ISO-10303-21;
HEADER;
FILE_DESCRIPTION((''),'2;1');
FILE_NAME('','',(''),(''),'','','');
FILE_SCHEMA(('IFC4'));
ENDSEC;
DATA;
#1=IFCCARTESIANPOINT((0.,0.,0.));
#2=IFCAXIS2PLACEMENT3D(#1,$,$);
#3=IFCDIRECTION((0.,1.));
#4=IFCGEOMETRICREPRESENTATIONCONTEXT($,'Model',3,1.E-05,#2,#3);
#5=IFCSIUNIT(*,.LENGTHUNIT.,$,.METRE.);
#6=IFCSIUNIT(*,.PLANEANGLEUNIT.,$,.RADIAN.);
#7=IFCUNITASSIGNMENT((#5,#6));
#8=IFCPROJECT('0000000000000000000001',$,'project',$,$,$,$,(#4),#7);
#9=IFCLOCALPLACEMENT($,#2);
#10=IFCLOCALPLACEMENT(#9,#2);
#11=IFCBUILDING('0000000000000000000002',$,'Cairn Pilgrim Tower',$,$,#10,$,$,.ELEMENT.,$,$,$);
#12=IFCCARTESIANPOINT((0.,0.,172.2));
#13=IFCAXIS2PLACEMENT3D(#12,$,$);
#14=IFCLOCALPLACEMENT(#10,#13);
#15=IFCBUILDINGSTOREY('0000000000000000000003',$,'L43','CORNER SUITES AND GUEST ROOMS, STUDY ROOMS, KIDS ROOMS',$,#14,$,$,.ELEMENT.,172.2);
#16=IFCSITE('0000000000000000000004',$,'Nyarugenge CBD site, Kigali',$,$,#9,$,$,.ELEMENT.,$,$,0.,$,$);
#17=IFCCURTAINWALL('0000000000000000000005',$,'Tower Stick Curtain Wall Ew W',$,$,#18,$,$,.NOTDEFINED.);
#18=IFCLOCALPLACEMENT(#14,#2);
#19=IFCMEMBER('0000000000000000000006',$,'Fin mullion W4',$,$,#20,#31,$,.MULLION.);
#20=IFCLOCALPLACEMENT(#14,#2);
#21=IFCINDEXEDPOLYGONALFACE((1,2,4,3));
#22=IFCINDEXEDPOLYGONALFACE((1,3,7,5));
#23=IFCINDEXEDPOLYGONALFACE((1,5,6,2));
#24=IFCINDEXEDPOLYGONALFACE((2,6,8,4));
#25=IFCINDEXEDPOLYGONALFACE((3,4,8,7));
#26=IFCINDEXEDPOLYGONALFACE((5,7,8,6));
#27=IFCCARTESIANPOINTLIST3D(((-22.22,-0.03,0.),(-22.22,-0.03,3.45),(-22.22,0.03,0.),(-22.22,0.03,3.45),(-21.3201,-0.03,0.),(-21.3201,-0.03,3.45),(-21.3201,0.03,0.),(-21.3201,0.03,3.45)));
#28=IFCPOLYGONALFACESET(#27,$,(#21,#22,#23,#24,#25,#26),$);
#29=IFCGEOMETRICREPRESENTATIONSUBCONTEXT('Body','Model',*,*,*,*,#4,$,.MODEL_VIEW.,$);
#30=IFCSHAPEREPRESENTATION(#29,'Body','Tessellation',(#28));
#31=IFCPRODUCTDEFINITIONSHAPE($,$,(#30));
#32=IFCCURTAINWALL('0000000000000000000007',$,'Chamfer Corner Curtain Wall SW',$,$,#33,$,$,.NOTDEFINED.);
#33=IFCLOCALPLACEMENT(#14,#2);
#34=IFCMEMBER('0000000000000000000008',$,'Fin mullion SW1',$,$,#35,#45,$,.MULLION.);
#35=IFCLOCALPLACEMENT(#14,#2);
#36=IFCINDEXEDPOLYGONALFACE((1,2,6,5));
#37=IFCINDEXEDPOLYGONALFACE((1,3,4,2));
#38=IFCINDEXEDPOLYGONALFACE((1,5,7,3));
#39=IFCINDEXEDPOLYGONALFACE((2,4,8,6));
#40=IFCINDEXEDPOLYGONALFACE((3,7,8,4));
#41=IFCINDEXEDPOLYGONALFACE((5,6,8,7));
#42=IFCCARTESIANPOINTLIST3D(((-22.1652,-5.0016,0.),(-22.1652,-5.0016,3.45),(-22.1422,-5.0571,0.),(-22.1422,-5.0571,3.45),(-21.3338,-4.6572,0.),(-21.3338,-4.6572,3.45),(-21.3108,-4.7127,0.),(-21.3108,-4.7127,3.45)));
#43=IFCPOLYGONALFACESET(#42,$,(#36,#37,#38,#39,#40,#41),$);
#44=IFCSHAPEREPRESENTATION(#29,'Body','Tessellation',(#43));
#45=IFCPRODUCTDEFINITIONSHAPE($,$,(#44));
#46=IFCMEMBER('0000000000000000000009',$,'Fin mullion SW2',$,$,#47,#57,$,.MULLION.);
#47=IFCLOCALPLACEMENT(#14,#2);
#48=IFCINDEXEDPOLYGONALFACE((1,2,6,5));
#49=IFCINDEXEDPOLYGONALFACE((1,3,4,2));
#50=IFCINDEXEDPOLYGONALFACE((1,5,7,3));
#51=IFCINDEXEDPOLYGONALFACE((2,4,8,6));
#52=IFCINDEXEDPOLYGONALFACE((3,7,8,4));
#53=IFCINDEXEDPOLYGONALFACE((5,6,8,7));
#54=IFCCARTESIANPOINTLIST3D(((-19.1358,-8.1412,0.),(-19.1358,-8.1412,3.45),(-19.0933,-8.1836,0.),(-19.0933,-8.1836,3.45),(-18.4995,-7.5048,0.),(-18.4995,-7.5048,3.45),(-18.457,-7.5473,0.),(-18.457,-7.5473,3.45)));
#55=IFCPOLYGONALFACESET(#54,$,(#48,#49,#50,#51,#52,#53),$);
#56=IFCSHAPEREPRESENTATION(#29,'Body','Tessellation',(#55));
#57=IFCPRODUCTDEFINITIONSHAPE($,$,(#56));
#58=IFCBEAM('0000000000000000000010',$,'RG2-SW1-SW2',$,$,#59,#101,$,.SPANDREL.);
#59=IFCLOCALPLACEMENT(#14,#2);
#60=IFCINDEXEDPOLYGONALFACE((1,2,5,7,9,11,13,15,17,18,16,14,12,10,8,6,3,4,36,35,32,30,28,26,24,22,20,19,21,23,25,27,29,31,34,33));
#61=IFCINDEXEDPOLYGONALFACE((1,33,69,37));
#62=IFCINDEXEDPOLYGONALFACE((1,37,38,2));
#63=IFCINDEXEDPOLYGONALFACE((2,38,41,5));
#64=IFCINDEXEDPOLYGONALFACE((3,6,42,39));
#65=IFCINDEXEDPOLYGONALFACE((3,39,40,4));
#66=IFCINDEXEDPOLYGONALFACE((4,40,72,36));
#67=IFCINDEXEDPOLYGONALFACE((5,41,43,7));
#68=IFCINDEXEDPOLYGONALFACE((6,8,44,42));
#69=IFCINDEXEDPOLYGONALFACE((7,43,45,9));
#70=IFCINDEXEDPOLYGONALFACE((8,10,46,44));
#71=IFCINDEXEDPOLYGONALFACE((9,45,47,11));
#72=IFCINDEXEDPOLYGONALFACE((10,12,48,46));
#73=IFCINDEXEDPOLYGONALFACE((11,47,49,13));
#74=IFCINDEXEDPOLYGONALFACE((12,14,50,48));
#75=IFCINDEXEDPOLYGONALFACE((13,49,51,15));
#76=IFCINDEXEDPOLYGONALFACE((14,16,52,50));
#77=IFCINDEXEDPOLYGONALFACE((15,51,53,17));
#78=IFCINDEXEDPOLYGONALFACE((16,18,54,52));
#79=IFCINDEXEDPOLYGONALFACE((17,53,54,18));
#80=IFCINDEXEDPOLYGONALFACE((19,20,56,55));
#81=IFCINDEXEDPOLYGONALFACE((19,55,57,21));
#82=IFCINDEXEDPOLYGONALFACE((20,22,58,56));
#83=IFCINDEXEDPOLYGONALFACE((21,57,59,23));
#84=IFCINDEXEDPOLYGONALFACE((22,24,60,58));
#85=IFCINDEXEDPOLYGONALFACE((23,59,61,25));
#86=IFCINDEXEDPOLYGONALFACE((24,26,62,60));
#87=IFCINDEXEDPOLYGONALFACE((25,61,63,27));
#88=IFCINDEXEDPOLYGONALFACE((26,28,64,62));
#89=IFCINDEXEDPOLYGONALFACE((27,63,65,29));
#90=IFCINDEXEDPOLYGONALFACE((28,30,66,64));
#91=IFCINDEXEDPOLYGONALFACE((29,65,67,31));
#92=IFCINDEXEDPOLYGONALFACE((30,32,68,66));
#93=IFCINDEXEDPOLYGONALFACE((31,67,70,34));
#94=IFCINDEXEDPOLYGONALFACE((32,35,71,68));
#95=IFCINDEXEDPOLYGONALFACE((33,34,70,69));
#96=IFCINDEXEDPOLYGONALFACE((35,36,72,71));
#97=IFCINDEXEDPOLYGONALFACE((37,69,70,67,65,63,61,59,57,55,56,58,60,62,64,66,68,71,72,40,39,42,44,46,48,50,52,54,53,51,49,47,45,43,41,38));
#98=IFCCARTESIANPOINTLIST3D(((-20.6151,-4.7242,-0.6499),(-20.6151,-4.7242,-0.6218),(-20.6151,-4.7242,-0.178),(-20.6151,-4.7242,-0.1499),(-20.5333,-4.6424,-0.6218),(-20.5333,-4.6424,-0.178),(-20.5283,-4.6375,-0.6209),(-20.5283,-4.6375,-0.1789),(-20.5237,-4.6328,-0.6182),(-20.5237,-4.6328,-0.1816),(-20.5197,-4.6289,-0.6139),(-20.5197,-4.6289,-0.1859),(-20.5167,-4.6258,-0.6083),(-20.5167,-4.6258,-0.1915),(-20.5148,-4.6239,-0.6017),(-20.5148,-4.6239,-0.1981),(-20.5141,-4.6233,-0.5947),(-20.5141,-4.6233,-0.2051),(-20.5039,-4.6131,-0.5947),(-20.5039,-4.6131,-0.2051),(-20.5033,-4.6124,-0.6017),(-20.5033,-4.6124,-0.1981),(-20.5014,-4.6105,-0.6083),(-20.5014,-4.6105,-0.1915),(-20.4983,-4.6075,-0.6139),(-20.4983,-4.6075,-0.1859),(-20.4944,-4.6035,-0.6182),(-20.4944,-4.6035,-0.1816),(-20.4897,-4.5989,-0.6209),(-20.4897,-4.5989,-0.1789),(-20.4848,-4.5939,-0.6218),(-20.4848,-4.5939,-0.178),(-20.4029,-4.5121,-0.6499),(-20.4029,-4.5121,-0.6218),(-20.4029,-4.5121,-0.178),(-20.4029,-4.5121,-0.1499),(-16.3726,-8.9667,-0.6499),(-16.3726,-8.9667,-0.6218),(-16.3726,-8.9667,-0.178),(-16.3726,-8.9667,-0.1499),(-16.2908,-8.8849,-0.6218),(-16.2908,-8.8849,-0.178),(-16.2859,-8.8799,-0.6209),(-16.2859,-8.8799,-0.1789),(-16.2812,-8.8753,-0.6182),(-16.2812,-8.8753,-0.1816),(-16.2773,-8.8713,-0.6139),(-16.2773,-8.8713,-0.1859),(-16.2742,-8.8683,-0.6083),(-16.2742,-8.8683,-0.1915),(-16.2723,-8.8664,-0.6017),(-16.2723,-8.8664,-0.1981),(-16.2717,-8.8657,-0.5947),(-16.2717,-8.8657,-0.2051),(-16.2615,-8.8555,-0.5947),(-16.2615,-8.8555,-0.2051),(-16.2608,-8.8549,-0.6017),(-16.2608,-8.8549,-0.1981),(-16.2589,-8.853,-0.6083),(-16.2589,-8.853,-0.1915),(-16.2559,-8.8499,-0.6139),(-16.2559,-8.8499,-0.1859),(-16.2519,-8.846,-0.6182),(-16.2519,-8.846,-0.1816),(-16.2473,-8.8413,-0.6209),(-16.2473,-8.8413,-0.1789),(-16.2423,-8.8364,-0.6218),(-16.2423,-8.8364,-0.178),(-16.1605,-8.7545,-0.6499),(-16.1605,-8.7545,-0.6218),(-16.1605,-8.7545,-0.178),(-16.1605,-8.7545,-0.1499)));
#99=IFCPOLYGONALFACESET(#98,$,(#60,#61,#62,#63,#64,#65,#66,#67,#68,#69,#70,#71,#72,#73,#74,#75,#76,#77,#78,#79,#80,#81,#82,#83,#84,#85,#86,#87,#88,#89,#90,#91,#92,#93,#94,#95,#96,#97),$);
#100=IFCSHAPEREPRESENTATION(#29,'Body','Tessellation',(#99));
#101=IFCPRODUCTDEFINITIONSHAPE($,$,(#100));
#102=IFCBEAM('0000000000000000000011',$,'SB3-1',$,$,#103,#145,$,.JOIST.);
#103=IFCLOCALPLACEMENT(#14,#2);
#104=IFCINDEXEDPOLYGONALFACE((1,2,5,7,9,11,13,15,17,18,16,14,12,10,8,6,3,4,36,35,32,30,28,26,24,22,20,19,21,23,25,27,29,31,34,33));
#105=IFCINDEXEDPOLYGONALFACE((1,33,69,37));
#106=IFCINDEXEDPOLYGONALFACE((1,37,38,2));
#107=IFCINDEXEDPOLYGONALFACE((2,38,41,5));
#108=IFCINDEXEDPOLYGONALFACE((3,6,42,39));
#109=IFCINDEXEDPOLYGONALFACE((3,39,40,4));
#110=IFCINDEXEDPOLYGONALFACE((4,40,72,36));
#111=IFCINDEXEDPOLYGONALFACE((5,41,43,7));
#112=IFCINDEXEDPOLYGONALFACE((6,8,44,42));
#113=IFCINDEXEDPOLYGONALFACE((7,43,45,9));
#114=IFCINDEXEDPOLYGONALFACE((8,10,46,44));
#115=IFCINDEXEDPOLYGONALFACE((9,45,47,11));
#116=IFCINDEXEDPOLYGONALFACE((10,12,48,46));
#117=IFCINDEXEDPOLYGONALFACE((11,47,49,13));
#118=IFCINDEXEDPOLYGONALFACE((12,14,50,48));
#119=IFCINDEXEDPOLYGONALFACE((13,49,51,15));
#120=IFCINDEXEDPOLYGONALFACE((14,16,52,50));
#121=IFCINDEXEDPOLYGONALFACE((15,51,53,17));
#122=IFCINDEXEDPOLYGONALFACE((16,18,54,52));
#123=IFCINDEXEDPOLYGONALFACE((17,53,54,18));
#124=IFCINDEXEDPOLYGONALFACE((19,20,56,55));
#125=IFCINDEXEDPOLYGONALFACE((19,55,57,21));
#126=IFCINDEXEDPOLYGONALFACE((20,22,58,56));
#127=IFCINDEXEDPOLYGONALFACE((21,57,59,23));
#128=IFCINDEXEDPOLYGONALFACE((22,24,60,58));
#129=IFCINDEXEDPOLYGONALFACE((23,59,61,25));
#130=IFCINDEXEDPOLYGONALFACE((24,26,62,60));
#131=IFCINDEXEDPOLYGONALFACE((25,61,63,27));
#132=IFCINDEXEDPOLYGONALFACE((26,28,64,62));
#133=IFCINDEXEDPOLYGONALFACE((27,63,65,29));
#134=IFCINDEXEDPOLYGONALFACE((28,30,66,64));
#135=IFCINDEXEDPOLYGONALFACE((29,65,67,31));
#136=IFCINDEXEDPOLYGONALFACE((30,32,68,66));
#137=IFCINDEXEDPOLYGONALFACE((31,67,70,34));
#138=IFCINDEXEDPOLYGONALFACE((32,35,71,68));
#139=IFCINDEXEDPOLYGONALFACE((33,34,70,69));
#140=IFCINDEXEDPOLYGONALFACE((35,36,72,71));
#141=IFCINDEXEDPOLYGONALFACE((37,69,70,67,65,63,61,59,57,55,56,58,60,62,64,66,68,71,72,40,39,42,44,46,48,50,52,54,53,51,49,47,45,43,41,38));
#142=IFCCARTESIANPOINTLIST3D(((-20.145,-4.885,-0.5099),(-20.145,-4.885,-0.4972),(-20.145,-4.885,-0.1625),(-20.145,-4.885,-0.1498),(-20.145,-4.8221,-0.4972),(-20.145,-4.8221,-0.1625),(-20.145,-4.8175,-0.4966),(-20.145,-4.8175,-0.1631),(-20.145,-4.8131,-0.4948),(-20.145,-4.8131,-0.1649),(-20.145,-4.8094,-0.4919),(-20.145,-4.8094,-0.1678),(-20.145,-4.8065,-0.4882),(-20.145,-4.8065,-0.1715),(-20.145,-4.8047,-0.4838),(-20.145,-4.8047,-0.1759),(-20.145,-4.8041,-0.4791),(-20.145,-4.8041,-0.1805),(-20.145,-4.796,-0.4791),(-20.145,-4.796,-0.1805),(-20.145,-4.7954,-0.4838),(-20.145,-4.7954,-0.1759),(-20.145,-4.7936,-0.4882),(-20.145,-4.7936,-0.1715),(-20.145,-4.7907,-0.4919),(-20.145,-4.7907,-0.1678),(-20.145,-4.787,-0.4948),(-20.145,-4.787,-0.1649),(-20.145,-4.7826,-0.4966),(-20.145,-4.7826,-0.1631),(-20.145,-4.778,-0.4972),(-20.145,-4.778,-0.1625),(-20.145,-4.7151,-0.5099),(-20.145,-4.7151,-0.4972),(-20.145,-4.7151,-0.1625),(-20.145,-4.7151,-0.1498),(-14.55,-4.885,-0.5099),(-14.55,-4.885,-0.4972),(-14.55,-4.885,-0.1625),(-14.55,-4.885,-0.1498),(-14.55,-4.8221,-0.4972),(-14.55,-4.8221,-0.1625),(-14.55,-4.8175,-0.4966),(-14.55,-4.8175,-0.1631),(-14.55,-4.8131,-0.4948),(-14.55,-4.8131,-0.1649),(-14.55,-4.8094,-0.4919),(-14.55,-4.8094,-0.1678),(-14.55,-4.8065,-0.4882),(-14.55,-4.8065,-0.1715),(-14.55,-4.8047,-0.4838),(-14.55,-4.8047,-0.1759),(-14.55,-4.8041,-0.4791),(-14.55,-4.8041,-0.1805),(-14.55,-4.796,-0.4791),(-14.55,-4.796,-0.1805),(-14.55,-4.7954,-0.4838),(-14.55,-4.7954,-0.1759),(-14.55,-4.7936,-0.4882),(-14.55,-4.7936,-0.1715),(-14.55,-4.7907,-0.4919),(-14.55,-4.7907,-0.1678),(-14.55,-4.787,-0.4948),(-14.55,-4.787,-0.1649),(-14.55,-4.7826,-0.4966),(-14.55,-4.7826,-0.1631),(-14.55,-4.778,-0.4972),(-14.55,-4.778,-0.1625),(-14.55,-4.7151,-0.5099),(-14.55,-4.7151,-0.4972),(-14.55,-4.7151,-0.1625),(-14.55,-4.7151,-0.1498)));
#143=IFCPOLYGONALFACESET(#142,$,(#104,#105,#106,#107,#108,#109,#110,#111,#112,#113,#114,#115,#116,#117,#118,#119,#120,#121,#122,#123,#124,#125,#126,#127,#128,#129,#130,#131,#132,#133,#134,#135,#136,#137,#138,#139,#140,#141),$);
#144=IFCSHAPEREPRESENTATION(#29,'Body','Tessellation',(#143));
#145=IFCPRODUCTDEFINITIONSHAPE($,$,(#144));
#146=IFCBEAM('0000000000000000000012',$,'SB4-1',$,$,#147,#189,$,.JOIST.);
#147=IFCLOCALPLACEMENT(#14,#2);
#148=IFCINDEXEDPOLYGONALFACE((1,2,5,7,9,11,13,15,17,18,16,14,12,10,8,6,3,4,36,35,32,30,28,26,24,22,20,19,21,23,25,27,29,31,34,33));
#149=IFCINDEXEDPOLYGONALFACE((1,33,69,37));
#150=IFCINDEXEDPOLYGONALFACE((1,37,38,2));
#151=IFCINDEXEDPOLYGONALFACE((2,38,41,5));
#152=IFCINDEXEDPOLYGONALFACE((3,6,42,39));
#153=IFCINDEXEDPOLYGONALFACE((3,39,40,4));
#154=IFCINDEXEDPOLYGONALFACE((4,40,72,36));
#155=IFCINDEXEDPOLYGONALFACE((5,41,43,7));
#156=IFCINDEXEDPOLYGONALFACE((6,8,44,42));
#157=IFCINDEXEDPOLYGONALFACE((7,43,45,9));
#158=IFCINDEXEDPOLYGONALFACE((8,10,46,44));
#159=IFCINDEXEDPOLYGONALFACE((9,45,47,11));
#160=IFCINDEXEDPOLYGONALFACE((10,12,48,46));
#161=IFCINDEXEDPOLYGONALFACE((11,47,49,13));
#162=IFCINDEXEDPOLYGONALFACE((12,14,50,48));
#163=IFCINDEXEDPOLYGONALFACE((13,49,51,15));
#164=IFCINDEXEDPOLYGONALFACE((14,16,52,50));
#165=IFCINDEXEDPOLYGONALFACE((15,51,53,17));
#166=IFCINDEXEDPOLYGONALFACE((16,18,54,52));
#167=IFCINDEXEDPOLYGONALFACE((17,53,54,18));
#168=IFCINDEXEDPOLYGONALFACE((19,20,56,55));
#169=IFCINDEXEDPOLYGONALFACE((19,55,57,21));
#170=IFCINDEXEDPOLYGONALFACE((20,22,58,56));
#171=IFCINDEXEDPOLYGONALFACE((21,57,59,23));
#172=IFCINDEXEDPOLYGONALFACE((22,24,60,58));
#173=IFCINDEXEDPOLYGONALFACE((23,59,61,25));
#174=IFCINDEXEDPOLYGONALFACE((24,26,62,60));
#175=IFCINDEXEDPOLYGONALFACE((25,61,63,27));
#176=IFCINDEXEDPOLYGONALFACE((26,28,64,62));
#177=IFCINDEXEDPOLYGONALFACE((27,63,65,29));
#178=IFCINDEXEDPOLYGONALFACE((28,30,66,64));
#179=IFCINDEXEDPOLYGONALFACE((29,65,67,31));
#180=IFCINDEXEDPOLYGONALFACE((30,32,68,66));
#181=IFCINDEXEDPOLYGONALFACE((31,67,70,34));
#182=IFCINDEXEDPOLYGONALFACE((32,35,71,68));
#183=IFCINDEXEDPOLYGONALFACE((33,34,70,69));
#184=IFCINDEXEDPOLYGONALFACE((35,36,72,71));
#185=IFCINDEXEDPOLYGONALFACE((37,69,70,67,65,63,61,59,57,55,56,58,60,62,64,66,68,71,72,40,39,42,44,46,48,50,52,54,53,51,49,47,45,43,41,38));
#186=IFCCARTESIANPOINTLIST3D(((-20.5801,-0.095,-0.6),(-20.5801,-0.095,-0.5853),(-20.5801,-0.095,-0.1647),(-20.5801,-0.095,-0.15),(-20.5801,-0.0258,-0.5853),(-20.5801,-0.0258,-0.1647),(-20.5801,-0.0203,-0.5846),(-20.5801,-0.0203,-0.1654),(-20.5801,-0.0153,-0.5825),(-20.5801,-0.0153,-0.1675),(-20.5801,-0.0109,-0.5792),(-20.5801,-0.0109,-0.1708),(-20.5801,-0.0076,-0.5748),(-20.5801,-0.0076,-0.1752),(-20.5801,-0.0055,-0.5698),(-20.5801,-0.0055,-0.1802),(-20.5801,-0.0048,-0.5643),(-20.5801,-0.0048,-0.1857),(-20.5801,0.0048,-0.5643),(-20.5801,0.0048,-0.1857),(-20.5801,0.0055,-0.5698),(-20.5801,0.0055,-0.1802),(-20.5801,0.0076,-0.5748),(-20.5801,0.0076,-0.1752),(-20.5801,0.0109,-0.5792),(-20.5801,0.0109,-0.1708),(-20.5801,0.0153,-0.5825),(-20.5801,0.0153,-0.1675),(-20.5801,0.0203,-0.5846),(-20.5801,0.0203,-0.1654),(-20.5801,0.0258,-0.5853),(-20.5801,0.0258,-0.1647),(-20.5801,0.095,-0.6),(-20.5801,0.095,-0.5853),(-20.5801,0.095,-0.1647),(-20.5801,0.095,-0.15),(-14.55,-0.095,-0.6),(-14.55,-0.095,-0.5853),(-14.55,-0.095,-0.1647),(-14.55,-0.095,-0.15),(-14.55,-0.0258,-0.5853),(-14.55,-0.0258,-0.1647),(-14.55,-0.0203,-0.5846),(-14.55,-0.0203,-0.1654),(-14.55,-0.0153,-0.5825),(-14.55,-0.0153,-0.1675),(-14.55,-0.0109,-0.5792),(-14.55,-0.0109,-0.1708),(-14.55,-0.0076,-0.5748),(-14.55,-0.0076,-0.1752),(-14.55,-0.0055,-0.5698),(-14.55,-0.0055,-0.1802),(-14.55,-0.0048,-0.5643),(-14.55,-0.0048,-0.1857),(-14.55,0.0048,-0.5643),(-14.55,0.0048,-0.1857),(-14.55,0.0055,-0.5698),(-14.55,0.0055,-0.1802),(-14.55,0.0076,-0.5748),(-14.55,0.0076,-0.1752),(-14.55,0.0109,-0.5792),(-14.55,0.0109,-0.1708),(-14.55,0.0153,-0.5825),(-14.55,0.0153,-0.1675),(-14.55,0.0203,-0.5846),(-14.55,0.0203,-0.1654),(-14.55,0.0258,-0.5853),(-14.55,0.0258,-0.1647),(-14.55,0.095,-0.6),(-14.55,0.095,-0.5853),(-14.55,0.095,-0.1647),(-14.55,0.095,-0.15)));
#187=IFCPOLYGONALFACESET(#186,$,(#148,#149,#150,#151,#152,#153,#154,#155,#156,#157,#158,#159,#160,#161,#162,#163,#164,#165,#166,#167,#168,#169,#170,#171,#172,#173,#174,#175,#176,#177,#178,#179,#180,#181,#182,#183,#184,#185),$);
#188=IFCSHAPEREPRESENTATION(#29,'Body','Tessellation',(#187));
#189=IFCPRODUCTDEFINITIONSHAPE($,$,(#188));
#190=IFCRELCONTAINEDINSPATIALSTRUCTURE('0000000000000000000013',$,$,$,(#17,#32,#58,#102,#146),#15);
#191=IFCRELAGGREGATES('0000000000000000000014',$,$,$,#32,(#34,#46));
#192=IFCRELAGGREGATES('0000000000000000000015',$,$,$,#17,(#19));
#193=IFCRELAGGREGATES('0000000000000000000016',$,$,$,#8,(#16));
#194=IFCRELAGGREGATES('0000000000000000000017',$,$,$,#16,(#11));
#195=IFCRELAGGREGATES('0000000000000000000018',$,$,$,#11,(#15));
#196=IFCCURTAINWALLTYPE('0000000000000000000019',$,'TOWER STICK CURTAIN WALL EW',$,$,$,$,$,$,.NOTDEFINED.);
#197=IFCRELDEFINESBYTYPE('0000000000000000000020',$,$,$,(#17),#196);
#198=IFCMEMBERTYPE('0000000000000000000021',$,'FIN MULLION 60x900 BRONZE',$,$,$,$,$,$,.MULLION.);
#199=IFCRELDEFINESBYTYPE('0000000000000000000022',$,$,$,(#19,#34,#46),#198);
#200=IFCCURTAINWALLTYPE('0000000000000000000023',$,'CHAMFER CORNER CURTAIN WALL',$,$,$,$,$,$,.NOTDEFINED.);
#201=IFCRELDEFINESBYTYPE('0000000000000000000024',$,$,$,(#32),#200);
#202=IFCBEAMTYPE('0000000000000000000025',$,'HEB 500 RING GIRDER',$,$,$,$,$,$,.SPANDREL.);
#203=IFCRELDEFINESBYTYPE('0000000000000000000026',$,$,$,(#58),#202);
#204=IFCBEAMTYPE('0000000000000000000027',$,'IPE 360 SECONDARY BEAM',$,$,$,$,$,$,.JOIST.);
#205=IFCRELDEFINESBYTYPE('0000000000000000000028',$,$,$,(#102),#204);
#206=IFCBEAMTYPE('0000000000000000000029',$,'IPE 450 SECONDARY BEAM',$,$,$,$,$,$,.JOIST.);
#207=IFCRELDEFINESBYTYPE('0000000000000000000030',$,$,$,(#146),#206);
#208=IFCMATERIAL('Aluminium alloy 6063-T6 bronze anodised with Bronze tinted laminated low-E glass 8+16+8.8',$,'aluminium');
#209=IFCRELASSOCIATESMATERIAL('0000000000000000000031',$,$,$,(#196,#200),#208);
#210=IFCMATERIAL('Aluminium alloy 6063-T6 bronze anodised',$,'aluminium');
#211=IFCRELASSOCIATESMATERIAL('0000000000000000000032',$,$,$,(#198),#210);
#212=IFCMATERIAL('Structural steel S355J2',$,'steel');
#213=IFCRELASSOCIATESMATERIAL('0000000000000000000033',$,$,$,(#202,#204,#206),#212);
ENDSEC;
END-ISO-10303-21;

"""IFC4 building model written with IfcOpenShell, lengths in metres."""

from ifc_helpers import new_model, si_unit, direction, frame, origin, origin_2d, place, context, subcontext, project, spatial, rectangle, i_section, extrude, material, material_profile, profile_set, type_object, element, aggregate, save


model = new_model("IFC4")

# Units and contexts
model_context = context("Model", 3, precision=1e-05, world=origin(), true_north=direction((0.0, 1.0)))
body_context = subcontext(model_context, "Body", "Model", "MODEL_VIEW")
ifc_project = project(units=[si_unit("LENGTHUNIT", "METRE"), si_unit("PLANEANGLEUNIT", "RADIAN")], contexts=[model_context])

# Site, building, storey
site_placement = place(None, origin())
site = spatial("IfcSite", under=ifc_project, at=site_placement, Name="Nyarugenge CBD site, Kigali", CompositionType="ELEMENT", RefElevation=0.0)
building_placement = place(site_placement, origin())
building = spatial("IfcBuilding", under=site, at=building_placement, Name="Cairn Pilgrim Tower", CompositionType="ELEMENT")
storey_placement = place(building_placement, frame((0.0, 0.0, 172.2)))
storey = spatial("IfcBuildingStorey", under=building, at=storey_placement, Name="L43", Description="CORNER SUITES AND GUEST ROOMS, STUDY ROOMS, KIDS ROOMS", CompositionType="ELEMENT", Elevation=172.2)

# Curtain wall, member
ifc_material_1 = material(Name="Aluminium alloy 6063-T6 bronze anodised with Bronze tinted laminated low-E glass 8+16+8.8", Category="aluminium")
curtain_wall_type_1 = type_object("IfcCurtainWallType", Name="TOWER STICK CURTAIN WALL EW", PredefinedType="NOTDEFINED", material=ifc_material_1)
curtain_wall_1_placement = place(storey_placement, origin())
curtain_wall_1 = element("IfcCurtainWall", 1, at=curtain_wall_1_placement, inside=storey, type_object=curtain_wall_type_1, Name="Tower Stick Curtain Wall Ew W", PredefinedType="NOTDEFINED")
ifc_material_2 = material(Name="Aluminium alloy 6063-T6 bronze anodised", Category="aluminium")
ifc_material_profile_1 = material_profile(ifc_material_2, rectangle(XDim=0.8999, YDim=0.0601, at=origin_2d()), Name="FIN MULLION 60x900 BRONZE")
ifc_profile_set_1 = profile_set([ifc_material_profile_1], Name="Aluminium alloy 6063-T6 bronze anodised")
member_type_1 = type_object("IfcMemberType", Name="FIN MULLION 60x900 BRONZE", PredefinedType="MULLION", material=ifc_profile_set_1)
member_1_placement = place(storey_placement, frame((-21.77, 0.0, 0.0), z_axis=(0.0, 0.0, 1.0), x_axis=(-1.0, 0.0, 0.0)))
member_1 = element("IfcMember", 2, at=member_1_placement, type_object=member_type_1, Name="Fin mullion W4", PredefinedType="MULLION", context=body_context, shape_type="SweptSolid", body=[
    extrude(rectangle(XDim=0.8999, YDim=0.0601, at=origin_2d()), origin(), (0.0, 0.0, 1.0), 3.45),
])

# Curtain wall, members
curtain_wall_type_2 = type_object("IfcCurtainWallType", Name="CHAMFER CORNER CURTAIN WALL", PredefinedType="NOTDEFINED", material=ifc_material_1)
curtain_wall_2_placement = place(storey_placement, origin())
curtain_wall_2 = element("IfcCurtainWall", 3, at=curtain_wall_2_placement, inside=storey, type_object=curtain_wall_type_2, Name="Chamfer Corner Curtain Wall SW", PredefinedType="NOTDEFINED")
member_2_placement = place(storey_placement, frame((-21.738, -4.8572, 0.0), z_axis=(0.0, 0.0, 1.0), x_axis=(-0.92388, -0.382683, 0.0)))
member_2 = element("IfcMember", 4, at=member_2_placement, type_object=member_type_1, Name="Fin mullion SW1", PredefinedType="MULLION", context=body_context, shape_type="SweptSolid", body=[
    extrude(rectangle(XDim=0.8999, YDim=0.0601, at=origin_2d()), origin(), (0.0, 0.0, 1.0), 3.45),
])
member_3_placement = place(storey_placement, frame((-18.7964, -7.8442, 0.0), z_axis=(0.0, 0.0, 1.0), x_axis=(-0.707107, -0.707107, 0.0)))
member_3 = element("IfcMember", 5, at=member_3_placement, type_object=member_type_1, Name="Fin mullion SW2", PredefinedType="MULLION", context=body_context, shape_type="SweptSolid", body=[
    extrude(rectangle(XDim=0.8999, YDim=0.0601, at=origin_2d()), origin(), (0.0, 0.0, 1.0), 3.45),
])

# Beams
ifc_material_3 = material(Name="Structural steel S355J2", Category="steel")
ifc_material_profile_2 = material_profile(ifc_material_3, i_section(OverallWidth=0.3, OverallDepth=0.5, WebThickness=0.0144, FlangeThickness=0.0281, FilletRadius=0.0271, at=origin_2d()), Name="HEB 500")
ifc_profile_set_2 = profile_set([ifc_material_profile_2], Name="Structural steel S355J2")
beam_type_1 = type_object("IfcBeamType", Name="HEB 500 RING GIRDER", PredefinedType="SPANDREL", material=ifc_profile_set_2)
beam_1_placement = place(storey_placement, frame((-20.509, -4.6182, -0.3999), z_axis=(0.707107, -0.707107, 0.0), x_axis=(0.707107, 0.707107, 0.0)))
element("IfcBeam", 6, at=beam_1_placement, inside=storey, type_object=beam_type_1, Name="RG2-SW1-SW2", PredefinedType="SPANDREL", context=body_context, shape_type="SweptSolid", body=[
    extrude(i_section(OverallWidth=0.3, OverallDepth=0.5, WebThickness=0.0144, FlangeThickness=0.0281, FilletRadius=0.0271, at=origin_2d()), origin(), (0.0, 0.0, 1.0), 5.9998),
])
ifc_material_profile_3 = material_profile(ifc_material_3, i_section(OverallWidth=0.1699, OverallDepth=0.3601, WebThickness=0.0081, FlangeThickness=0.0127, FilletRadius=0.0181, at=origin_2d()), Name="IPE 360")
ifc_profile_set_3 = profile_set([ifc_material_profile_3], Name="Structural steel S355J2")
beam_type_2 = type_object("IfcBeamType", Name="IPE 360 SECONDARY BEAM", PredefinedType="JOIST", material=ifc_profile_set_3)
beam_2_placement = place(storey_placement, frame((-20.145, -4.8, -0.3298), z_axis=(1.0, 0.0, 0.0), x_axis=(0.0, 1.0, 0.0)))
element("IfcBeam", 7, at=beam_2_placement, inside=storey, type_object=beam_type_2, Name="SB3-1", PredefinedType="JOIST", context=body_context, shape_type="SweptSolid", body=[
    extrude(i_section(OverallWidth=0.1699, OverallDepth=0.3601, WebThickness=0.0081, FlangeThickness=0.0127, FilletRadius=0.0181, at=origin_2d()), origin(), (0.0, 0.0, 1.0), 5.595),
])
ifc_material_profile_4 = material_profile(ifc_material_3, i_section(OverallWidth=0.1899, OverallDepth=0.45, WebThickness=0.0095, FlangeThickness=0.0146, FilletRadius=0.021, at=origin_2d()), Name="IPE 450")
ifc_profile_set_4 = profile_set([ifc_material_profile_4], Name="Structural steel S355J2")
beam_type_3 = type_object("IfcBeamType", Name="IPE 450 SECONDARY BEAM", PredefinedType="JOIST", material=ifc_profile_set_4)
beam_3_placement = place(storey_placement, frame((-20.5801, 0.0, -0.375), z_axis=(1.0, 0.0, 0.0), x_axis=(0.0, 1.0, 0.0)))
element("IfcBeam", 8, at=beam_3_placement, inside=storey, type_object=beam_type_3, Name="SB4-1", PredefinedType="JOIST", context=body_context, shape_type="SweptSolid", body=[
    extrude(i_section(OverallWidth=0.1899, OverallDepth=0.45, WebThickness=0.0095, FlangeThickness=0.0146, FilletRadius=0.021, at=origin_2d()), origin(), (0.0, 0.0, 1.0), 6.03),
])

aggregate(curtain_wall_2, [member_2, member_3])
aggregate(curtain_wall_1, [member_1])

save(model, "model.ifc")
